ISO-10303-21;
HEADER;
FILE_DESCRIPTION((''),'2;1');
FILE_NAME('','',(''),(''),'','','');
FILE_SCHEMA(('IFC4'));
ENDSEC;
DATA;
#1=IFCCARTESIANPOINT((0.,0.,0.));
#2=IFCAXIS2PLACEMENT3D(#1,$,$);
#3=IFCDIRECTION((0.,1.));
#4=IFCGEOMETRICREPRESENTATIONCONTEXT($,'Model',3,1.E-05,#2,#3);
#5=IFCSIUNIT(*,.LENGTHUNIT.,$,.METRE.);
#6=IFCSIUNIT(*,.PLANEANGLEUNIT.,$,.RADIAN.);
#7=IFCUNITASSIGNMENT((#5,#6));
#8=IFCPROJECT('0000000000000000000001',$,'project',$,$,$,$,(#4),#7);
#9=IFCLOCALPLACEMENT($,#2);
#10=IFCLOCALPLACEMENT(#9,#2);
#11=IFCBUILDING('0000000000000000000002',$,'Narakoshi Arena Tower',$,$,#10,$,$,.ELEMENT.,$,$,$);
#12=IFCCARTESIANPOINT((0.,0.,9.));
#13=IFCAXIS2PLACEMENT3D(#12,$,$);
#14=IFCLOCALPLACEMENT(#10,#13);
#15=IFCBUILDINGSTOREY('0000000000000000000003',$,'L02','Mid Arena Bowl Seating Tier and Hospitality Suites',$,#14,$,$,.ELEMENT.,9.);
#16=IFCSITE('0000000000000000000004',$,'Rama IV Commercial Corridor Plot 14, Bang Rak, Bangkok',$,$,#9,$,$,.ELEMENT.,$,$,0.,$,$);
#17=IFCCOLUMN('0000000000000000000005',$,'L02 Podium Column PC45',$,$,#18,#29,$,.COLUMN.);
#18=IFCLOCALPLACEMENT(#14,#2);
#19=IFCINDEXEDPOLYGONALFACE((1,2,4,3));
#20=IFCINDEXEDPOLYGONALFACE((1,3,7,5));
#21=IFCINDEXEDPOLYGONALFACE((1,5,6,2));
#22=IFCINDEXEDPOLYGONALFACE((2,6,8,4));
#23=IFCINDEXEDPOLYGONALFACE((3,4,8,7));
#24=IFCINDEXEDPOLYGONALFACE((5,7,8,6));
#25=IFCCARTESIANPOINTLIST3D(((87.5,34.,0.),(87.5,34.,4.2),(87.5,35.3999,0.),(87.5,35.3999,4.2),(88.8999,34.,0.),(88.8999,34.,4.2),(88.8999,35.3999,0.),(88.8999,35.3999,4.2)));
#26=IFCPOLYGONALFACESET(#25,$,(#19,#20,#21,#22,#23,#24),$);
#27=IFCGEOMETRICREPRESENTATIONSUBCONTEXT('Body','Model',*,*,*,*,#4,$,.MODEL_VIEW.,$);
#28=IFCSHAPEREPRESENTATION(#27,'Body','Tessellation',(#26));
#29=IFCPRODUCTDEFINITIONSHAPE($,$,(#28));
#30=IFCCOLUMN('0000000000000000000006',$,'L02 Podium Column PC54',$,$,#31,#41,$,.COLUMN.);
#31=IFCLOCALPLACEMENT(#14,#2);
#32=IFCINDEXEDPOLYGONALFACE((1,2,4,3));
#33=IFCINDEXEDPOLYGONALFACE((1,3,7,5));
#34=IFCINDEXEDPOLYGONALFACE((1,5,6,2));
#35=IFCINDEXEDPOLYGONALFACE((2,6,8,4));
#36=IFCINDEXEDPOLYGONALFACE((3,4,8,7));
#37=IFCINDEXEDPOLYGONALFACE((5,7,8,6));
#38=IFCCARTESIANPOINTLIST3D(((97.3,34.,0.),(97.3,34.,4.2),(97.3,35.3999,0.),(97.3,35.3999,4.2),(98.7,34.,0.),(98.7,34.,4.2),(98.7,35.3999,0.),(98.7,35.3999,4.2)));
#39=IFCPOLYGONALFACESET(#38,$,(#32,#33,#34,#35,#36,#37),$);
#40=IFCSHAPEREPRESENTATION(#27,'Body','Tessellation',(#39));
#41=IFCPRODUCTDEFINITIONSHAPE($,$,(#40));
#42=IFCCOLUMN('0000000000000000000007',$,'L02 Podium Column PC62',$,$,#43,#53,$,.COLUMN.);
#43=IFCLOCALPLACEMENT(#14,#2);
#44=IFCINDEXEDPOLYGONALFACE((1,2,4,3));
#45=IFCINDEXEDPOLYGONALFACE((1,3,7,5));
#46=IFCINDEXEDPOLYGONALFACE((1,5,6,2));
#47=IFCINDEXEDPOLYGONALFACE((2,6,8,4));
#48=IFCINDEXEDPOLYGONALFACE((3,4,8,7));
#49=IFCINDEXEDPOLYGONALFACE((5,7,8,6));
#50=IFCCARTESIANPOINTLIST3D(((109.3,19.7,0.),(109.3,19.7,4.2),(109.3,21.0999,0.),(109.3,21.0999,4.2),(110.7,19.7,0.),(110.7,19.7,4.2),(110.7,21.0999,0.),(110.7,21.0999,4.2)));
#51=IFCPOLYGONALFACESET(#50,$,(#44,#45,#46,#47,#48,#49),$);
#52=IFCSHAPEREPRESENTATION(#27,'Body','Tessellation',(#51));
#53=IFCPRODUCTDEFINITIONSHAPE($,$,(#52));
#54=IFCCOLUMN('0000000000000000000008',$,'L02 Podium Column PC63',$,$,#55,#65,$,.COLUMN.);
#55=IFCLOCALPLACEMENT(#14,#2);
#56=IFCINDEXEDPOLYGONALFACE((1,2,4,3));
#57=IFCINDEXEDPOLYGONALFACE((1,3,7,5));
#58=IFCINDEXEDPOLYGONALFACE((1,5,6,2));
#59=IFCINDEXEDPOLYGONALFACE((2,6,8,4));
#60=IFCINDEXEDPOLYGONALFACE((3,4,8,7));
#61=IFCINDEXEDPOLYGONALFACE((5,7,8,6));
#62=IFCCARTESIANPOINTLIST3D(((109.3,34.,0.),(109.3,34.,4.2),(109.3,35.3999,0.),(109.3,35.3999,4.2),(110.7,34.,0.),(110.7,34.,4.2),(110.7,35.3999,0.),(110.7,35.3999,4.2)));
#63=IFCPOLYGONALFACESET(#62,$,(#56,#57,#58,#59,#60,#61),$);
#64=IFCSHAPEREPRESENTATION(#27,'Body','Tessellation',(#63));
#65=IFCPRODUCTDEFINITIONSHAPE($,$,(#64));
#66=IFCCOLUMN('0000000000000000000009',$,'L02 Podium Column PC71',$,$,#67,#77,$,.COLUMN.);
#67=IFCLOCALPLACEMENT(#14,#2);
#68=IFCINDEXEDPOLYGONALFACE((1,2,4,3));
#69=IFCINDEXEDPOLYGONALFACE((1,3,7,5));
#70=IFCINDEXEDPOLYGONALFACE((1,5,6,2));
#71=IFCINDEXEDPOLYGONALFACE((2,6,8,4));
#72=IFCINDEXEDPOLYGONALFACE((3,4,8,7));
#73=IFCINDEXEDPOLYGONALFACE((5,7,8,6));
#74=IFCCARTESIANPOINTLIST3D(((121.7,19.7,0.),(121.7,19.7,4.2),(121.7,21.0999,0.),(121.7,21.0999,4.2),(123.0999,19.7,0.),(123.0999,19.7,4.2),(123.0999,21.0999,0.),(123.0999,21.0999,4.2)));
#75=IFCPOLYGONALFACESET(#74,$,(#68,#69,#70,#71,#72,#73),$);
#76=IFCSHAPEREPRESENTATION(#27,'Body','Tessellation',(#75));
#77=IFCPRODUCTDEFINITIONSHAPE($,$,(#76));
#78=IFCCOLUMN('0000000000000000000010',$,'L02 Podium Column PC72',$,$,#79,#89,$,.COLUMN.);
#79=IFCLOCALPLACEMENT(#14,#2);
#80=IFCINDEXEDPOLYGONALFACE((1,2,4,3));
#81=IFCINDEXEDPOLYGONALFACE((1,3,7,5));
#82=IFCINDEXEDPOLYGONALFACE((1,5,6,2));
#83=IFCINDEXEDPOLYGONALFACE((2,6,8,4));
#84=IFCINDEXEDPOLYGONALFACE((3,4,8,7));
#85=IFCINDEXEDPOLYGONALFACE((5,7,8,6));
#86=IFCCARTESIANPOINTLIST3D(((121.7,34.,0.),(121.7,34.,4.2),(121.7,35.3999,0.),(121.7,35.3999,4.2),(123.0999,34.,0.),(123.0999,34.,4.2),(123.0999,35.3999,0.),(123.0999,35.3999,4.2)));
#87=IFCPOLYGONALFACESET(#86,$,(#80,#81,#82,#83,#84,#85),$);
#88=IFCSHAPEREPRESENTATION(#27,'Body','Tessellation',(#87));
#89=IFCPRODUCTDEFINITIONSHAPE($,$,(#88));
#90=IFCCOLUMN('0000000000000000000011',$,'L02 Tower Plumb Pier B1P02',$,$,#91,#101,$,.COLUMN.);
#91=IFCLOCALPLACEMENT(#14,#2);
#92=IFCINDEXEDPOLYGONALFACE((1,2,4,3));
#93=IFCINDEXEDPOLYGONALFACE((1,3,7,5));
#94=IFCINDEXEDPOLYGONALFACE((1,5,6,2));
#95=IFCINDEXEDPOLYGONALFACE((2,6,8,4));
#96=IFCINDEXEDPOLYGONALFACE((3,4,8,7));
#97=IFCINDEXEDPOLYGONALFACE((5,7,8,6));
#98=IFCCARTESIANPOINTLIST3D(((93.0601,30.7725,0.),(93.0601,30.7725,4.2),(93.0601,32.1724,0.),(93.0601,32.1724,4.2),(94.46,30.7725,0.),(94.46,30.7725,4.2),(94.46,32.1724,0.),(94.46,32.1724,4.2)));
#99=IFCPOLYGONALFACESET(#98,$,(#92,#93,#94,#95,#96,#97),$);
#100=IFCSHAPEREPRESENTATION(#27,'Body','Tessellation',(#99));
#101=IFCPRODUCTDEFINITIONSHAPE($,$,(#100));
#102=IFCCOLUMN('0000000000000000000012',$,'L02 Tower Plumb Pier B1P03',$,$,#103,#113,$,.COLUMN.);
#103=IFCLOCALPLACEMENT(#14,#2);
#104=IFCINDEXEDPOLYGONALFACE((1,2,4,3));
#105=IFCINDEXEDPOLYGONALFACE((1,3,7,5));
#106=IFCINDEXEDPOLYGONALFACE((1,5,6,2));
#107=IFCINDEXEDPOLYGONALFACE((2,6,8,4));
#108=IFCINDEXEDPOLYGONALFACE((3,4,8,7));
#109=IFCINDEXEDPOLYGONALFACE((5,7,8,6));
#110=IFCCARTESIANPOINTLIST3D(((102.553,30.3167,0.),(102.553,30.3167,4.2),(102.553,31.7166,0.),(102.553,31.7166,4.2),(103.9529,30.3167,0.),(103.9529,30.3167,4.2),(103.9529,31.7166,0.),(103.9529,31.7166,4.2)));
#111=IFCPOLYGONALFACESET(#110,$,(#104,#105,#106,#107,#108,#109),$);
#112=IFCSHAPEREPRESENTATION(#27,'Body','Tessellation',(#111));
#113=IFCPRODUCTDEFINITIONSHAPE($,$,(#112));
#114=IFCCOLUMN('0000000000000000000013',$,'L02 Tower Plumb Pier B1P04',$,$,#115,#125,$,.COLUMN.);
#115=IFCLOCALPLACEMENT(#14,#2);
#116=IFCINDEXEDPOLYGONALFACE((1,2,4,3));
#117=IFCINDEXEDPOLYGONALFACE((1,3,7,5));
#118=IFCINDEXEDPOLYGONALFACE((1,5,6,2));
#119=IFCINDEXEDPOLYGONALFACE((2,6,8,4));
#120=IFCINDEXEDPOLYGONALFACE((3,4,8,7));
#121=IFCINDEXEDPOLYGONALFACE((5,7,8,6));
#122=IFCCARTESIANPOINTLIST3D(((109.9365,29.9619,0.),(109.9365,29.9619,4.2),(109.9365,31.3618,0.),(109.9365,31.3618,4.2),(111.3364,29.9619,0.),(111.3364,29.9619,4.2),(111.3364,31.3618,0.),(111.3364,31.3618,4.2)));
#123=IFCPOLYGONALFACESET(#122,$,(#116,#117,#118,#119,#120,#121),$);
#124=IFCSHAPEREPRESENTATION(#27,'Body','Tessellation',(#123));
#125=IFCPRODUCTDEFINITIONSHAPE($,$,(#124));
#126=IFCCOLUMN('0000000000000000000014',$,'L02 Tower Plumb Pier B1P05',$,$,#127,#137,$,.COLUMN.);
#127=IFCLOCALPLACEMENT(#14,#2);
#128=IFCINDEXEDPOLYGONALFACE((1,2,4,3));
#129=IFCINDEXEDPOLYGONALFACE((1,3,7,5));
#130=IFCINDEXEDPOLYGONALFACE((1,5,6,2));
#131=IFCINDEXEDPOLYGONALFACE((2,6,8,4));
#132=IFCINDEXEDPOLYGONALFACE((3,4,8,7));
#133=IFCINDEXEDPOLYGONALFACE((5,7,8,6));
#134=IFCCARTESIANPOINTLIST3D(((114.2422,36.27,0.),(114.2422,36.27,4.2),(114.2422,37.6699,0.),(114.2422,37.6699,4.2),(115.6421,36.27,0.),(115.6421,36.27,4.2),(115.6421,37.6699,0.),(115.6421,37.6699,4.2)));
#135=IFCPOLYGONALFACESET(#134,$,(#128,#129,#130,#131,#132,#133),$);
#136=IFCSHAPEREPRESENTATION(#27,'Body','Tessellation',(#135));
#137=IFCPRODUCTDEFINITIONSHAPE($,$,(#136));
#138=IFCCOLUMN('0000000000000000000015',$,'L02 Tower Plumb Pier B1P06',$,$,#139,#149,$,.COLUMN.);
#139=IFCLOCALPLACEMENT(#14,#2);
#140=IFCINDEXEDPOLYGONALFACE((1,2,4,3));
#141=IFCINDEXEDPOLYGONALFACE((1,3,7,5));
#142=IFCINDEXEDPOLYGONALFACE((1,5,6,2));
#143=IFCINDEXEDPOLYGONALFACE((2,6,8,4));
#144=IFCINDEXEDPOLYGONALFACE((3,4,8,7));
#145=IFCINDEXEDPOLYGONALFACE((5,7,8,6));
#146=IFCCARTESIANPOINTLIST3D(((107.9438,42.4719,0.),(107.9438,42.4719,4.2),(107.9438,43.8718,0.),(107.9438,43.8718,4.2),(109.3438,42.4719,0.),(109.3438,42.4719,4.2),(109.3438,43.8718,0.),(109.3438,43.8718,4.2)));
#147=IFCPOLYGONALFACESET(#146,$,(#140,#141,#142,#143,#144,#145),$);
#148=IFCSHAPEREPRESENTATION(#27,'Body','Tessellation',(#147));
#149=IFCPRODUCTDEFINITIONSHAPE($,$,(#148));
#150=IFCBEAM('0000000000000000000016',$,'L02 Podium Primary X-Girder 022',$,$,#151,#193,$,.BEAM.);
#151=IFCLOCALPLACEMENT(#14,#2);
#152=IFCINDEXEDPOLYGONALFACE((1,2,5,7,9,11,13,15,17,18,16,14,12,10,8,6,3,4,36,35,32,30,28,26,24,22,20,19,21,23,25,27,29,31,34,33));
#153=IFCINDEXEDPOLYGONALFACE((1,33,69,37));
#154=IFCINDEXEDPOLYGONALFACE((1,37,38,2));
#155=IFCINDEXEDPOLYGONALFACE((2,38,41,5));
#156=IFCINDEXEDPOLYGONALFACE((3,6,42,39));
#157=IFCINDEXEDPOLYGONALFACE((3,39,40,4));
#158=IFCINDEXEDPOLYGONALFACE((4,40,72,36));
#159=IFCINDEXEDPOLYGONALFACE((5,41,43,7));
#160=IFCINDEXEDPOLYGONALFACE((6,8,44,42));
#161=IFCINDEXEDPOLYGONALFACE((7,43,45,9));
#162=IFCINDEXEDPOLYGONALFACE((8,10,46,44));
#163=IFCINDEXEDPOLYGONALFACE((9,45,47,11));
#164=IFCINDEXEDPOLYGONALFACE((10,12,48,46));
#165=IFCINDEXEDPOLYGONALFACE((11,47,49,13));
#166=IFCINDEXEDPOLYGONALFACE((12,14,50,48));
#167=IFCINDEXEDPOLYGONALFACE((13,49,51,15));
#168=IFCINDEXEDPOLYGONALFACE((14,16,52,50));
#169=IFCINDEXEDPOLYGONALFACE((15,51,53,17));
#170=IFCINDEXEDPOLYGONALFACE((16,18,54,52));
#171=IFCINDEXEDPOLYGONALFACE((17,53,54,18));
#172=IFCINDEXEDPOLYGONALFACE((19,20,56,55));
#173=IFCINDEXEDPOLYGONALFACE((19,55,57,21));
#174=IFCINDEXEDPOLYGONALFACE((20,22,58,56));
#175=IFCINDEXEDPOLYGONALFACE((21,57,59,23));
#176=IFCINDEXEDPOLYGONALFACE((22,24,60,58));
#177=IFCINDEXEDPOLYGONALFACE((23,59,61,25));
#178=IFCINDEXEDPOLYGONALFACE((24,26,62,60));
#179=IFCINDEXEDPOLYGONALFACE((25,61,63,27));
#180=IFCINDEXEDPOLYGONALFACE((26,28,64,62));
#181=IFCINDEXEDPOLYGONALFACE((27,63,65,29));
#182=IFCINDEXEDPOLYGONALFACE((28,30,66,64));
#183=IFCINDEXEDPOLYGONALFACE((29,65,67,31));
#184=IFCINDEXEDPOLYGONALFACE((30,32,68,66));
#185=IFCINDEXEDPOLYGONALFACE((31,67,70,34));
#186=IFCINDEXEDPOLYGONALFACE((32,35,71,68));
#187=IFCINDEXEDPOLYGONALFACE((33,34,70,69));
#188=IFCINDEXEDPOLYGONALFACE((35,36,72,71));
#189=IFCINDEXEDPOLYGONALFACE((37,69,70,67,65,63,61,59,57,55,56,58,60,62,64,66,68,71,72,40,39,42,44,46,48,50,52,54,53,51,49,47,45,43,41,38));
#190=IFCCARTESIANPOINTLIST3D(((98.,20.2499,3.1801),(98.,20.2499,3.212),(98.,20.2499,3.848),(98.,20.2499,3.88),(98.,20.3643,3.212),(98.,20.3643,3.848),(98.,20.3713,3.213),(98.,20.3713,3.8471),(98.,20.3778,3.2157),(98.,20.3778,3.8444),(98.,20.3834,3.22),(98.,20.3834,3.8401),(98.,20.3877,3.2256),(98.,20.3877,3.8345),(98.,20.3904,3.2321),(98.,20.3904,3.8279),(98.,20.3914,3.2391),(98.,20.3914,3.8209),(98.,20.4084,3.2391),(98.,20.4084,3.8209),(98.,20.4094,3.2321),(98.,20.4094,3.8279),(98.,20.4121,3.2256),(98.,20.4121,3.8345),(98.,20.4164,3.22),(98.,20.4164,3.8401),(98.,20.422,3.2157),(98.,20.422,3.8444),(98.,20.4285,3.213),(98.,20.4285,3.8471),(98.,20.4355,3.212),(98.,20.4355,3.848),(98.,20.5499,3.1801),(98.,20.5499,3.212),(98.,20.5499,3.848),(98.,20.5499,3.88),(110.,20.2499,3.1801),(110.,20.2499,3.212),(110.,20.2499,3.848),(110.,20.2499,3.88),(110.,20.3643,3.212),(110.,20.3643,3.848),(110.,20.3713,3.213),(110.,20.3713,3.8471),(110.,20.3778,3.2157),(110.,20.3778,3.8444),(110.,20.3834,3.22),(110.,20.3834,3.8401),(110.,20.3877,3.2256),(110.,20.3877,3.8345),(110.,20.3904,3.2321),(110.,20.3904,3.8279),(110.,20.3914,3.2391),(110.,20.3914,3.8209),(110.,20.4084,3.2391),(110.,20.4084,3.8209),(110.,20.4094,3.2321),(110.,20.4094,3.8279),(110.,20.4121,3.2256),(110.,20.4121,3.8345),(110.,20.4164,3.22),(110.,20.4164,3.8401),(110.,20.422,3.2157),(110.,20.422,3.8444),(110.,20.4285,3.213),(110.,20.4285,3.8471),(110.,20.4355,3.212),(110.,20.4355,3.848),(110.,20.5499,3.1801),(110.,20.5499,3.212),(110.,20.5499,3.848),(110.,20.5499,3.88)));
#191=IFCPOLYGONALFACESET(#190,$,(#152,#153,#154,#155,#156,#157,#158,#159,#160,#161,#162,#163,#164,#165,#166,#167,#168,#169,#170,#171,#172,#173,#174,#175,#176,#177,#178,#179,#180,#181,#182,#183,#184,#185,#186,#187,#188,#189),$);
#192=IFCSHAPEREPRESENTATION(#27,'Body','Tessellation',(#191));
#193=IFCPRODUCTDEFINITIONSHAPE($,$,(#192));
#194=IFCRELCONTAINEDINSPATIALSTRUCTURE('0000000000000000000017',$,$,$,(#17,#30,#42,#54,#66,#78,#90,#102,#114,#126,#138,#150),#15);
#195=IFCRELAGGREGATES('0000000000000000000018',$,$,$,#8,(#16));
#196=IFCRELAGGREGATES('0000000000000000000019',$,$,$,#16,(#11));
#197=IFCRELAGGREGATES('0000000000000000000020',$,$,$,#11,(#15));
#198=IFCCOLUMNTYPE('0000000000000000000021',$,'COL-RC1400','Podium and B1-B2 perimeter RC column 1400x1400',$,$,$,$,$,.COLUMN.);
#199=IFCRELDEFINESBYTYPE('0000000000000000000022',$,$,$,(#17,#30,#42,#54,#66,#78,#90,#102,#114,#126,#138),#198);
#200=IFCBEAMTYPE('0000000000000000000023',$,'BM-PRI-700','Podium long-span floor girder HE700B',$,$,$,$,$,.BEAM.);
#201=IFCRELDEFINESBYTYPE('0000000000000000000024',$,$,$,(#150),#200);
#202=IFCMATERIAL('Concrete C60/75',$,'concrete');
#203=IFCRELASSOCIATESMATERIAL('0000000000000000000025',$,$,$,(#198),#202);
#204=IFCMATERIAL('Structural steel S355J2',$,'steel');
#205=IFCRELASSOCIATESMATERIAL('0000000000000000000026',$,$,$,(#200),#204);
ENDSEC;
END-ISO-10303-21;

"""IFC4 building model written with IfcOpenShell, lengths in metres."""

from ifc_helpers import new_model, si_unit, direction, frame, origin, origin_2d, place, context, subcontext, project, spatial, rectangle, i_section, extrude, material, material_profile, profile_set, type_object, element, save


model = new_model("IFC4")

# Units and contexts
model_context = context("Model", 3, precision=1e-05, world=origin(), true_north=direction((0.0, 1.0)))
body_context = subcontext(model_context, "Body", "Model", "MODEL_VIEW")
ifc_project = project(units=[si_unit("LENGTHUNIT", "METRE"), si_unit("PLANEANGLEUNIT", "RADIAN")], contexts=[model_context])

# Site, building, storey
site_placement = place(None, origin())
site = spatial("IfcSite", under=ifc_project, at=site_placement, Name="Rama IV Commercial Corridor Plot 14, Bang Rak, Bangkok", CompositionType="ELEMENT", RefElevation=0.0)
building_placement = place(site_placement, origin())
building = spatial("IfcBuilding", under=site, at=building_placement, Name="Narakoshi Arena Tower", CompositionType="ELEMENT")
storey_placement = place(building_placement, frame((0.0, 0.0, 9.0)))
storey = spatial("IfcBuildingStorey", under=building, at=storey_placement, Name="L02", Description="Mid Arena Bowl Seating Tier and Hospitality Suites", CompositionType="ELEMENT", Elevation=9.0)

# Columns
ifc_material_1 = material(Name="Concrete C60/75", Category="concrete")
ifc_material_profile_1 = material_profile(ifc_material_1, rectangle(XDim=1.3999, YDim=1.3999, at=origin_2d()), Name="RC1400x1400")
ifc_profile_set_1 = profile_set([ifc_material_profile_1], Name="Concrete C60/75")
column_type = type_object("IfcColumnType", Name="COL-RC1400", Description="Podium and B1-B2 perimeter RC column 1400x1400", PredefinedType="COLUMN", material=ifc_profile_set_1)
for number, where, z_axis, x_axis, name in (
    (1, (88.2, 34.7, 0.0), (0.0, 0.0, 1.0), (1.0, 0.0, 0.0), "L02 Podium Column PC45"),
    (2, (98.0, 34.7, 0.0), (0.0, 0.0, 1.0), (1.0, 0.0, 0.0), "L02 Podium Column PC54"),
    (3, (110.0, 20.3999, 0.0), (0.0, 0.0, 1.0), (1.0, 0.0, 0.0), "L02 Podium Column PC62"),
    (4, (110.0, 34.7, 0.0), (0.0, 0.0, 1.0), (1.0, 0.0, 0.0), "L02 Podium Column PC63"),
    (5, (122.3999, 20.3999, 0.0), (0.0, 0.0, 1.0), (1.0, 0.0, 0.0), "L02 Podium Column PC71"),
    (6, (122.3999, 34.7, 0.0), (0.0, 0.0, 1.0), (1.0, 0.0, 0.0), "L02 Podium Column PC72"),
    (7, (93.76, 31.4724, 0.0), (0.0, 0.0, 1.0), (1.0, 0.0, 0.0), "L02 Tower Plumb Pier B1P02"),
    (8, (103.2529, 31.0166, 0.0), (0.0, 0.0, 1.0), (1.0, 0.0, 0.0), "L02 Tower Plumb Pier B1P03"),
    (9, (110.6365, 30.6619, 0.0), (0.0, 0.0, 1.0), (1.0, 0.0, 0.0), "L02 Tower Plumb Pier B1P04"),
    (10, (114.9421, 36.97, 0.0), (0.0, 0.0, 1.0), (1.0, 0.0, 0.0), "L02 Tower Plumb Pier B1P05"),
    (11, (108.6438, 43.1719, 0.0), (0.0, 0.0, 1.0), (1.0, 0.0, 0.0), "L02 Tower Plumb Pier B1P06"),
):
    element("IfcColumn", number, at=place(storey_placement, frame(where, z_axis=z_axis, x_axis=x_axis)), inside=storey, type_object=column_type, Name=name, PredefinedType="COLUMN", context=body_context, shape_type="SweptSolid", body=[
        extrude(rectangle(XDim=1.3999, YDim=1.3999, at=origin_2d()), origin(), (0.0, 0.0, 1.0), 4.2),
    ])

# Beam
ifc_material_2 = material(Name="Structural steel S355J2", Category="steel")
ifc_material_profile_2 = material_profile(ifc_material_2, i_section(OverallWidth=0.3, OverallDepth=0.7, WebThickness=0.0171, FlangeThickness=0.032, FilletRadius=0.0271, at=origin_2d()), Name="HE700B")
ifc_profile_set_2 = profile_set([ifc_material_profile_2], Name="Structural steel S355J2")
beam_type_1 = type_object("IfcBeamType", Name="BM-PRI-700", Description="Podium long-span floor girder HE700B", PredefinedType="BEAM", material=ifc_profile_set_2)
beam_1_placement = place(storey_placement, frame((98.0, 20.3999, 3.53), z_axis=(1.0, 0.0, 0.0), x_axis=(0.0, 1.0, 0.0)))
element("IfcBeam", 12, at=beam_1_placement, inside=storey, type_object=beam_type_1, Name="L02 Podium Primary X-Girder 022", PredefinedType="BEAM", context=body_context, shape_type="SweptSolid", body=[
    extrude(i_section(OverallWidth=0.3, OverallDepth=0.7, WebThickness=0.0171, FlangeThickness=0.032, FilletRadius=0.0271, at=origin_2d()), origin(), (0.0, 0.0, 1.0), 12.0),
])

save(model, "model.ifc")
